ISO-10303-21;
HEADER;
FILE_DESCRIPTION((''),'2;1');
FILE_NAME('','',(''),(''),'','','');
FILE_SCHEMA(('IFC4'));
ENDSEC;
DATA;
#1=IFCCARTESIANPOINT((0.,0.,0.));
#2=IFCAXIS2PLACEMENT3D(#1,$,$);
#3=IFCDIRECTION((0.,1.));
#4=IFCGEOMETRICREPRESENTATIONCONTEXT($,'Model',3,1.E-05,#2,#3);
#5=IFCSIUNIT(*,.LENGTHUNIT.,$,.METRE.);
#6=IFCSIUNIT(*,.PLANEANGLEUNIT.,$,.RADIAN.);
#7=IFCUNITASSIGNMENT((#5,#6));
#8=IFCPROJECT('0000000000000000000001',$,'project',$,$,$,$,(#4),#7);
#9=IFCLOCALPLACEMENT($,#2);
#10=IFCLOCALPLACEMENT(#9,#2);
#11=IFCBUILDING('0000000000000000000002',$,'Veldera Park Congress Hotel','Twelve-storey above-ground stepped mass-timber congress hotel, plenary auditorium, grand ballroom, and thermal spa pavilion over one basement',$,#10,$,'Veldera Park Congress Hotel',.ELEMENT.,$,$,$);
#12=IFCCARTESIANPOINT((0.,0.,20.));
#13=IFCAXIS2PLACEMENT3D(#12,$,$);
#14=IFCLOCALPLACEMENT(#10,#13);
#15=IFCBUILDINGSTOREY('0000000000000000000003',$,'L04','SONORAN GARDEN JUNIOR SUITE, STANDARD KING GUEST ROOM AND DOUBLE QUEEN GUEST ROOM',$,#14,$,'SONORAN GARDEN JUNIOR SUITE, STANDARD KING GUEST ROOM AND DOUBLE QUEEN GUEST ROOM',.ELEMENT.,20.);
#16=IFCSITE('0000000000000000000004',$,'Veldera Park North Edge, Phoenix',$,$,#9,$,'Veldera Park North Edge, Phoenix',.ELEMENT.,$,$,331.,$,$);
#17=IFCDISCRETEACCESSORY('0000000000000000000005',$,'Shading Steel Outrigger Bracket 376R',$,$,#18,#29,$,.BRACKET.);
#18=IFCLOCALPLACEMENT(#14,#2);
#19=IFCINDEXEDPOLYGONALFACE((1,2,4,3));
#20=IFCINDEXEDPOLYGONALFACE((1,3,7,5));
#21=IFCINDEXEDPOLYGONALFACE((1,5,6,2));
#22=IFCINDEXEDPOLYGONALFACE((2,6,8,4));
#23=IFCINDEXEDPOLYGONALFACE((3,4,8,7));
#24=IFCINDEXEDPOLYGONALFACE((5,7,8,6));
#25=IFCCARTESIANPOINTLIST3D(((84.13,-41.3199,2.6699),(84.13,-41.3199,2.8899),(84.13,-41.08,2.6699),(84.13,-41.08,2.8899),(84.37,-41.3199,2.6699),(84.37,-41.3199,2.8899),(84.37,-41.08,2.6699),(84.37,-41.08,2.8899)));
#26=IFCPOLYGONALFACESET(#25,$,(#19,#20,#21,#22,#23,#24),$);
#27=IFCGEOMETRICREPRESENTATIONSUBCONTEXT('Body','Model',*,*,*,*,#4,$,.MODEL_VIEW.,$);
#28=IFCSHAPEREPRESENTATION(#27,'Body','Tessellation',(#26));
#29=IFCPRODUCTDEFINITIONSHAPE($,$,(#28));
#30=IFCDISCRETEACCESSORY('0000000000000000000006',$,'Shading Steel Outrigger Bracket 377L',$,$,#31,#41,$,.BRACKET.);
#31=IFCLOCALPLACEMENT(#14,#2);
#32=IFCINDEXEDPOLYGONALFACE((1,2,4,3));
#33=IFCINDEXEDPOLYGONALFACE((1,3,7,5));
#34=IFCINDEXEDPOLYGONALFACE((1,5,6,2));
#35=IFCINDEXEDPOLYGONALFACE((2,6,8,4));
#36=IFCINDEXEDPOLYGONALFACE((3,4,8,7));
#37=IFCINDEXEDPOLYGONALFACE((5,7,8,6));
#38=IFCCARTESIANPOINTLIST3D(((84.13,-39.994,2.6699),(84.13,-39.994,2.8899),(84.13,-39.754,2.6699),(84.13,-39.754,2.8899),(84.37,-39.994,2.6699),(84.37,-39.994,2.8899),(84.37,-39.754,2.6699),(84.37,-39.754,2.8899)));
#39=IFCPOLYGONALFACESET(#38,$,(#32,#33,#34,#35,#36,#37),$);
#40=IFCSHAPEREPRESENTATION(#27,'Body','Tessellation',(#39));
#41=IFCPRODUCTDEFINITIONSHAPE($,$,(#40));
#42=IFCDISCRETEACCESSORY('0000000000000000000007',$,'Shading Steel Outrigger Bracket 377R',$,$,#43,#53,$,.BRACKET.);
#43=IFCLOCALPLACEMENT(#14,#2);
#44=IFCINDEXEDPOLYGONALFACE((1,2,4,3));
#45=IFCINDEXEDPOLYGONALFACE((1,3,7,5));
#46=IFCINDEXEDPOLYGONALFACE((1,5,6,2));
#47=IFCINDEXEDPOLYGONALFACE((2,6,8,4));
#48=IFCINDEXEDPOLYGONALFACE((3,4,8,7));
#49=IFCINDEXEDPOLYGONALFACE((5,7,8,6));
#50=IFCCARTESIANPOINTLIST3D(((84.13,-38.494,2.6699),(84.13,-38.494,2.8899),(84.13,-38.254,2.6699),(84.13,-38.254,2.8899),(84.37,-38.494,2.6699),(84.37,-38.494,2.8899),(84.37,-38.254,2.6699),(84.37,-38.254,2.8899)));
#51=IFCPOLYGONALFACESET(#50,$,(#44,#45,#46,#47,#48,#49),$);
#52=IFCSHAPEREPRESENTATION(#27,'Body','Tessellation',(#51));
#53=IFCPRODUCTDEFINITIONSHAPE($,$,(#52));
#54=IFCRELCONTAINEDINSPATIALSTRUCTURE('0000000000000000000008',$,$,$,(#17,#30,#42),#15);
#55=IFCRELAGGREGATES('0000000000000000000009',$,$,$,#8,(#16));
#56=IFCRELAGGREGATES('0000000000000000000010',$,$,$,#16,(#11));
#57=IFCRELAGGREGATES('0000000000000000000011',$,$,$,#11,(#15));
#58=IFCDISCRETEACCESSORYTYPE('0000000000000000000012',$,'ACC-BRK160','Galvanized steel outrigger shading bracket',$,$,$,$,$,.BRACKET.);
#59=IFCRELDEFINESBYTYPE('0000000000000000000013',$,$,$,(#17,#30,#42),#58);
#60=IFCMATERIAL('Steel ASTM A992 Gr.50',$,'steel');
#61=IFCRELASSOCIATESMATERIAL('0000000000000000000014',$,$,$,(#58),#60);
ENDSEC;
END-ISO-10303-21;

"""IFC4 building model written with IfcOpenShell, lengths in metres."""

from ifc_helpers import new_model, si_unit, direction, frame, origin, origin_2d, place, context, subcontext, project, spatial, rectangle, extrude, material, type_object, element, save


model = new_model("IFC4")

# Units and contexts
model_context = context("Model", 3, precision=1e-05, world=origin(), true_north=direction((0.0, 1.0)))
body_context = subcontext(model_context, "Body", "Model", "MODEL_VIEW")
ifc_project = project(units=[si_unit("LENGTHUNIT", "METRE"), si_unit("PLANEANGLEUNIT", "RADIAN")], contexts=[model_context])

# Site, building, storey
site_placement = place(None, origin())
site = spatial("IfcSite", under=ifc_project, at=site_placement, Name="Veldera Park North Edge, Phoenix", LongName="Veldera Park North Edge, Phoenix", CompositionType="ELEMENT", RefElevation=331.0)
building_placement = place(site_placement, origin())
building = spatial("IfcBuilding", under=site, at=building_placement, Name="Veldera Park Congress Hotel", Description="Twelve-storey above-ground stepped mass-timber congress hotel, plenary auditorium, grand ballroom, and thermal spa pavilion over one basement", LongName="Veldera Park Congress Hotel", CompositionType="ELEMENT")
storey_placement = place(building_placement, frame((0.0, 0.0, 20.0)))
storey = spatial("IfcBuildingStorey", under=building, at=storey_placement, Name="L04", Description="SONORAN GARDEN JUNIOR SUITE, STANDARD KING GUEST ROOM AND DOUBLE QUEEN GUEST ROOM", LongName="SONORAN GARDEN JUNIOR SUITE, STANDARD KING GUEST ROOM AND DOUBLE QUEEN GUEST ROOM", CompositionType="ELEMENT", Elevation=20.0)

# Discrete accessories
ifc_material_1 = material(Name="Steel ASTM A992 Gr.50", Category="steel")
discrete_accessory_type = type_object("IfcDiscreteAccessoryType", Name="ACC-BRK160", Description="Galvanized steel outrigger shading bracket", PredefinedType="BRACKET", material=ifc_material_1)
for number, where, z_axis, x_axis, name in (
    (1, (84.25, -41.2, 2.6699), (0.0, 0.0, 1.0), (0.0, 1.0, 0.0), "Shading Steel Outrigger Bracket 376R"),
    (2, (84.25, -39.874, 2.6699), (0.0, 0.0, 1.0), (0.0, 1.0, 0.0), "Shading Steel Outrigger Bracket 377L"),
    (3, (84.25, -38.374, 2.6699), (0.0, 0.0, 1.0), (0.0, 1.0, 0.0), "Shading Steel Outrigger Bracket 377R"),
):
    element("IfcDiscreteAccessory", number, at=place(storey_placement, frame(where, z_axis=z_axis, x_axis=x_axis)), inside=storey, type_object=discrete_accessory_type, Name=name, PredefinedType="BRACKET", context=body_context, shape_type="SweptSolid", body=[
        extrude(rectangle(XDim=0.24, YDim=0.24, at=origin_2d()), origin(), (0.0, 0.0, 1.0), 0.22),
    ])

save(model, "model.ifc")
